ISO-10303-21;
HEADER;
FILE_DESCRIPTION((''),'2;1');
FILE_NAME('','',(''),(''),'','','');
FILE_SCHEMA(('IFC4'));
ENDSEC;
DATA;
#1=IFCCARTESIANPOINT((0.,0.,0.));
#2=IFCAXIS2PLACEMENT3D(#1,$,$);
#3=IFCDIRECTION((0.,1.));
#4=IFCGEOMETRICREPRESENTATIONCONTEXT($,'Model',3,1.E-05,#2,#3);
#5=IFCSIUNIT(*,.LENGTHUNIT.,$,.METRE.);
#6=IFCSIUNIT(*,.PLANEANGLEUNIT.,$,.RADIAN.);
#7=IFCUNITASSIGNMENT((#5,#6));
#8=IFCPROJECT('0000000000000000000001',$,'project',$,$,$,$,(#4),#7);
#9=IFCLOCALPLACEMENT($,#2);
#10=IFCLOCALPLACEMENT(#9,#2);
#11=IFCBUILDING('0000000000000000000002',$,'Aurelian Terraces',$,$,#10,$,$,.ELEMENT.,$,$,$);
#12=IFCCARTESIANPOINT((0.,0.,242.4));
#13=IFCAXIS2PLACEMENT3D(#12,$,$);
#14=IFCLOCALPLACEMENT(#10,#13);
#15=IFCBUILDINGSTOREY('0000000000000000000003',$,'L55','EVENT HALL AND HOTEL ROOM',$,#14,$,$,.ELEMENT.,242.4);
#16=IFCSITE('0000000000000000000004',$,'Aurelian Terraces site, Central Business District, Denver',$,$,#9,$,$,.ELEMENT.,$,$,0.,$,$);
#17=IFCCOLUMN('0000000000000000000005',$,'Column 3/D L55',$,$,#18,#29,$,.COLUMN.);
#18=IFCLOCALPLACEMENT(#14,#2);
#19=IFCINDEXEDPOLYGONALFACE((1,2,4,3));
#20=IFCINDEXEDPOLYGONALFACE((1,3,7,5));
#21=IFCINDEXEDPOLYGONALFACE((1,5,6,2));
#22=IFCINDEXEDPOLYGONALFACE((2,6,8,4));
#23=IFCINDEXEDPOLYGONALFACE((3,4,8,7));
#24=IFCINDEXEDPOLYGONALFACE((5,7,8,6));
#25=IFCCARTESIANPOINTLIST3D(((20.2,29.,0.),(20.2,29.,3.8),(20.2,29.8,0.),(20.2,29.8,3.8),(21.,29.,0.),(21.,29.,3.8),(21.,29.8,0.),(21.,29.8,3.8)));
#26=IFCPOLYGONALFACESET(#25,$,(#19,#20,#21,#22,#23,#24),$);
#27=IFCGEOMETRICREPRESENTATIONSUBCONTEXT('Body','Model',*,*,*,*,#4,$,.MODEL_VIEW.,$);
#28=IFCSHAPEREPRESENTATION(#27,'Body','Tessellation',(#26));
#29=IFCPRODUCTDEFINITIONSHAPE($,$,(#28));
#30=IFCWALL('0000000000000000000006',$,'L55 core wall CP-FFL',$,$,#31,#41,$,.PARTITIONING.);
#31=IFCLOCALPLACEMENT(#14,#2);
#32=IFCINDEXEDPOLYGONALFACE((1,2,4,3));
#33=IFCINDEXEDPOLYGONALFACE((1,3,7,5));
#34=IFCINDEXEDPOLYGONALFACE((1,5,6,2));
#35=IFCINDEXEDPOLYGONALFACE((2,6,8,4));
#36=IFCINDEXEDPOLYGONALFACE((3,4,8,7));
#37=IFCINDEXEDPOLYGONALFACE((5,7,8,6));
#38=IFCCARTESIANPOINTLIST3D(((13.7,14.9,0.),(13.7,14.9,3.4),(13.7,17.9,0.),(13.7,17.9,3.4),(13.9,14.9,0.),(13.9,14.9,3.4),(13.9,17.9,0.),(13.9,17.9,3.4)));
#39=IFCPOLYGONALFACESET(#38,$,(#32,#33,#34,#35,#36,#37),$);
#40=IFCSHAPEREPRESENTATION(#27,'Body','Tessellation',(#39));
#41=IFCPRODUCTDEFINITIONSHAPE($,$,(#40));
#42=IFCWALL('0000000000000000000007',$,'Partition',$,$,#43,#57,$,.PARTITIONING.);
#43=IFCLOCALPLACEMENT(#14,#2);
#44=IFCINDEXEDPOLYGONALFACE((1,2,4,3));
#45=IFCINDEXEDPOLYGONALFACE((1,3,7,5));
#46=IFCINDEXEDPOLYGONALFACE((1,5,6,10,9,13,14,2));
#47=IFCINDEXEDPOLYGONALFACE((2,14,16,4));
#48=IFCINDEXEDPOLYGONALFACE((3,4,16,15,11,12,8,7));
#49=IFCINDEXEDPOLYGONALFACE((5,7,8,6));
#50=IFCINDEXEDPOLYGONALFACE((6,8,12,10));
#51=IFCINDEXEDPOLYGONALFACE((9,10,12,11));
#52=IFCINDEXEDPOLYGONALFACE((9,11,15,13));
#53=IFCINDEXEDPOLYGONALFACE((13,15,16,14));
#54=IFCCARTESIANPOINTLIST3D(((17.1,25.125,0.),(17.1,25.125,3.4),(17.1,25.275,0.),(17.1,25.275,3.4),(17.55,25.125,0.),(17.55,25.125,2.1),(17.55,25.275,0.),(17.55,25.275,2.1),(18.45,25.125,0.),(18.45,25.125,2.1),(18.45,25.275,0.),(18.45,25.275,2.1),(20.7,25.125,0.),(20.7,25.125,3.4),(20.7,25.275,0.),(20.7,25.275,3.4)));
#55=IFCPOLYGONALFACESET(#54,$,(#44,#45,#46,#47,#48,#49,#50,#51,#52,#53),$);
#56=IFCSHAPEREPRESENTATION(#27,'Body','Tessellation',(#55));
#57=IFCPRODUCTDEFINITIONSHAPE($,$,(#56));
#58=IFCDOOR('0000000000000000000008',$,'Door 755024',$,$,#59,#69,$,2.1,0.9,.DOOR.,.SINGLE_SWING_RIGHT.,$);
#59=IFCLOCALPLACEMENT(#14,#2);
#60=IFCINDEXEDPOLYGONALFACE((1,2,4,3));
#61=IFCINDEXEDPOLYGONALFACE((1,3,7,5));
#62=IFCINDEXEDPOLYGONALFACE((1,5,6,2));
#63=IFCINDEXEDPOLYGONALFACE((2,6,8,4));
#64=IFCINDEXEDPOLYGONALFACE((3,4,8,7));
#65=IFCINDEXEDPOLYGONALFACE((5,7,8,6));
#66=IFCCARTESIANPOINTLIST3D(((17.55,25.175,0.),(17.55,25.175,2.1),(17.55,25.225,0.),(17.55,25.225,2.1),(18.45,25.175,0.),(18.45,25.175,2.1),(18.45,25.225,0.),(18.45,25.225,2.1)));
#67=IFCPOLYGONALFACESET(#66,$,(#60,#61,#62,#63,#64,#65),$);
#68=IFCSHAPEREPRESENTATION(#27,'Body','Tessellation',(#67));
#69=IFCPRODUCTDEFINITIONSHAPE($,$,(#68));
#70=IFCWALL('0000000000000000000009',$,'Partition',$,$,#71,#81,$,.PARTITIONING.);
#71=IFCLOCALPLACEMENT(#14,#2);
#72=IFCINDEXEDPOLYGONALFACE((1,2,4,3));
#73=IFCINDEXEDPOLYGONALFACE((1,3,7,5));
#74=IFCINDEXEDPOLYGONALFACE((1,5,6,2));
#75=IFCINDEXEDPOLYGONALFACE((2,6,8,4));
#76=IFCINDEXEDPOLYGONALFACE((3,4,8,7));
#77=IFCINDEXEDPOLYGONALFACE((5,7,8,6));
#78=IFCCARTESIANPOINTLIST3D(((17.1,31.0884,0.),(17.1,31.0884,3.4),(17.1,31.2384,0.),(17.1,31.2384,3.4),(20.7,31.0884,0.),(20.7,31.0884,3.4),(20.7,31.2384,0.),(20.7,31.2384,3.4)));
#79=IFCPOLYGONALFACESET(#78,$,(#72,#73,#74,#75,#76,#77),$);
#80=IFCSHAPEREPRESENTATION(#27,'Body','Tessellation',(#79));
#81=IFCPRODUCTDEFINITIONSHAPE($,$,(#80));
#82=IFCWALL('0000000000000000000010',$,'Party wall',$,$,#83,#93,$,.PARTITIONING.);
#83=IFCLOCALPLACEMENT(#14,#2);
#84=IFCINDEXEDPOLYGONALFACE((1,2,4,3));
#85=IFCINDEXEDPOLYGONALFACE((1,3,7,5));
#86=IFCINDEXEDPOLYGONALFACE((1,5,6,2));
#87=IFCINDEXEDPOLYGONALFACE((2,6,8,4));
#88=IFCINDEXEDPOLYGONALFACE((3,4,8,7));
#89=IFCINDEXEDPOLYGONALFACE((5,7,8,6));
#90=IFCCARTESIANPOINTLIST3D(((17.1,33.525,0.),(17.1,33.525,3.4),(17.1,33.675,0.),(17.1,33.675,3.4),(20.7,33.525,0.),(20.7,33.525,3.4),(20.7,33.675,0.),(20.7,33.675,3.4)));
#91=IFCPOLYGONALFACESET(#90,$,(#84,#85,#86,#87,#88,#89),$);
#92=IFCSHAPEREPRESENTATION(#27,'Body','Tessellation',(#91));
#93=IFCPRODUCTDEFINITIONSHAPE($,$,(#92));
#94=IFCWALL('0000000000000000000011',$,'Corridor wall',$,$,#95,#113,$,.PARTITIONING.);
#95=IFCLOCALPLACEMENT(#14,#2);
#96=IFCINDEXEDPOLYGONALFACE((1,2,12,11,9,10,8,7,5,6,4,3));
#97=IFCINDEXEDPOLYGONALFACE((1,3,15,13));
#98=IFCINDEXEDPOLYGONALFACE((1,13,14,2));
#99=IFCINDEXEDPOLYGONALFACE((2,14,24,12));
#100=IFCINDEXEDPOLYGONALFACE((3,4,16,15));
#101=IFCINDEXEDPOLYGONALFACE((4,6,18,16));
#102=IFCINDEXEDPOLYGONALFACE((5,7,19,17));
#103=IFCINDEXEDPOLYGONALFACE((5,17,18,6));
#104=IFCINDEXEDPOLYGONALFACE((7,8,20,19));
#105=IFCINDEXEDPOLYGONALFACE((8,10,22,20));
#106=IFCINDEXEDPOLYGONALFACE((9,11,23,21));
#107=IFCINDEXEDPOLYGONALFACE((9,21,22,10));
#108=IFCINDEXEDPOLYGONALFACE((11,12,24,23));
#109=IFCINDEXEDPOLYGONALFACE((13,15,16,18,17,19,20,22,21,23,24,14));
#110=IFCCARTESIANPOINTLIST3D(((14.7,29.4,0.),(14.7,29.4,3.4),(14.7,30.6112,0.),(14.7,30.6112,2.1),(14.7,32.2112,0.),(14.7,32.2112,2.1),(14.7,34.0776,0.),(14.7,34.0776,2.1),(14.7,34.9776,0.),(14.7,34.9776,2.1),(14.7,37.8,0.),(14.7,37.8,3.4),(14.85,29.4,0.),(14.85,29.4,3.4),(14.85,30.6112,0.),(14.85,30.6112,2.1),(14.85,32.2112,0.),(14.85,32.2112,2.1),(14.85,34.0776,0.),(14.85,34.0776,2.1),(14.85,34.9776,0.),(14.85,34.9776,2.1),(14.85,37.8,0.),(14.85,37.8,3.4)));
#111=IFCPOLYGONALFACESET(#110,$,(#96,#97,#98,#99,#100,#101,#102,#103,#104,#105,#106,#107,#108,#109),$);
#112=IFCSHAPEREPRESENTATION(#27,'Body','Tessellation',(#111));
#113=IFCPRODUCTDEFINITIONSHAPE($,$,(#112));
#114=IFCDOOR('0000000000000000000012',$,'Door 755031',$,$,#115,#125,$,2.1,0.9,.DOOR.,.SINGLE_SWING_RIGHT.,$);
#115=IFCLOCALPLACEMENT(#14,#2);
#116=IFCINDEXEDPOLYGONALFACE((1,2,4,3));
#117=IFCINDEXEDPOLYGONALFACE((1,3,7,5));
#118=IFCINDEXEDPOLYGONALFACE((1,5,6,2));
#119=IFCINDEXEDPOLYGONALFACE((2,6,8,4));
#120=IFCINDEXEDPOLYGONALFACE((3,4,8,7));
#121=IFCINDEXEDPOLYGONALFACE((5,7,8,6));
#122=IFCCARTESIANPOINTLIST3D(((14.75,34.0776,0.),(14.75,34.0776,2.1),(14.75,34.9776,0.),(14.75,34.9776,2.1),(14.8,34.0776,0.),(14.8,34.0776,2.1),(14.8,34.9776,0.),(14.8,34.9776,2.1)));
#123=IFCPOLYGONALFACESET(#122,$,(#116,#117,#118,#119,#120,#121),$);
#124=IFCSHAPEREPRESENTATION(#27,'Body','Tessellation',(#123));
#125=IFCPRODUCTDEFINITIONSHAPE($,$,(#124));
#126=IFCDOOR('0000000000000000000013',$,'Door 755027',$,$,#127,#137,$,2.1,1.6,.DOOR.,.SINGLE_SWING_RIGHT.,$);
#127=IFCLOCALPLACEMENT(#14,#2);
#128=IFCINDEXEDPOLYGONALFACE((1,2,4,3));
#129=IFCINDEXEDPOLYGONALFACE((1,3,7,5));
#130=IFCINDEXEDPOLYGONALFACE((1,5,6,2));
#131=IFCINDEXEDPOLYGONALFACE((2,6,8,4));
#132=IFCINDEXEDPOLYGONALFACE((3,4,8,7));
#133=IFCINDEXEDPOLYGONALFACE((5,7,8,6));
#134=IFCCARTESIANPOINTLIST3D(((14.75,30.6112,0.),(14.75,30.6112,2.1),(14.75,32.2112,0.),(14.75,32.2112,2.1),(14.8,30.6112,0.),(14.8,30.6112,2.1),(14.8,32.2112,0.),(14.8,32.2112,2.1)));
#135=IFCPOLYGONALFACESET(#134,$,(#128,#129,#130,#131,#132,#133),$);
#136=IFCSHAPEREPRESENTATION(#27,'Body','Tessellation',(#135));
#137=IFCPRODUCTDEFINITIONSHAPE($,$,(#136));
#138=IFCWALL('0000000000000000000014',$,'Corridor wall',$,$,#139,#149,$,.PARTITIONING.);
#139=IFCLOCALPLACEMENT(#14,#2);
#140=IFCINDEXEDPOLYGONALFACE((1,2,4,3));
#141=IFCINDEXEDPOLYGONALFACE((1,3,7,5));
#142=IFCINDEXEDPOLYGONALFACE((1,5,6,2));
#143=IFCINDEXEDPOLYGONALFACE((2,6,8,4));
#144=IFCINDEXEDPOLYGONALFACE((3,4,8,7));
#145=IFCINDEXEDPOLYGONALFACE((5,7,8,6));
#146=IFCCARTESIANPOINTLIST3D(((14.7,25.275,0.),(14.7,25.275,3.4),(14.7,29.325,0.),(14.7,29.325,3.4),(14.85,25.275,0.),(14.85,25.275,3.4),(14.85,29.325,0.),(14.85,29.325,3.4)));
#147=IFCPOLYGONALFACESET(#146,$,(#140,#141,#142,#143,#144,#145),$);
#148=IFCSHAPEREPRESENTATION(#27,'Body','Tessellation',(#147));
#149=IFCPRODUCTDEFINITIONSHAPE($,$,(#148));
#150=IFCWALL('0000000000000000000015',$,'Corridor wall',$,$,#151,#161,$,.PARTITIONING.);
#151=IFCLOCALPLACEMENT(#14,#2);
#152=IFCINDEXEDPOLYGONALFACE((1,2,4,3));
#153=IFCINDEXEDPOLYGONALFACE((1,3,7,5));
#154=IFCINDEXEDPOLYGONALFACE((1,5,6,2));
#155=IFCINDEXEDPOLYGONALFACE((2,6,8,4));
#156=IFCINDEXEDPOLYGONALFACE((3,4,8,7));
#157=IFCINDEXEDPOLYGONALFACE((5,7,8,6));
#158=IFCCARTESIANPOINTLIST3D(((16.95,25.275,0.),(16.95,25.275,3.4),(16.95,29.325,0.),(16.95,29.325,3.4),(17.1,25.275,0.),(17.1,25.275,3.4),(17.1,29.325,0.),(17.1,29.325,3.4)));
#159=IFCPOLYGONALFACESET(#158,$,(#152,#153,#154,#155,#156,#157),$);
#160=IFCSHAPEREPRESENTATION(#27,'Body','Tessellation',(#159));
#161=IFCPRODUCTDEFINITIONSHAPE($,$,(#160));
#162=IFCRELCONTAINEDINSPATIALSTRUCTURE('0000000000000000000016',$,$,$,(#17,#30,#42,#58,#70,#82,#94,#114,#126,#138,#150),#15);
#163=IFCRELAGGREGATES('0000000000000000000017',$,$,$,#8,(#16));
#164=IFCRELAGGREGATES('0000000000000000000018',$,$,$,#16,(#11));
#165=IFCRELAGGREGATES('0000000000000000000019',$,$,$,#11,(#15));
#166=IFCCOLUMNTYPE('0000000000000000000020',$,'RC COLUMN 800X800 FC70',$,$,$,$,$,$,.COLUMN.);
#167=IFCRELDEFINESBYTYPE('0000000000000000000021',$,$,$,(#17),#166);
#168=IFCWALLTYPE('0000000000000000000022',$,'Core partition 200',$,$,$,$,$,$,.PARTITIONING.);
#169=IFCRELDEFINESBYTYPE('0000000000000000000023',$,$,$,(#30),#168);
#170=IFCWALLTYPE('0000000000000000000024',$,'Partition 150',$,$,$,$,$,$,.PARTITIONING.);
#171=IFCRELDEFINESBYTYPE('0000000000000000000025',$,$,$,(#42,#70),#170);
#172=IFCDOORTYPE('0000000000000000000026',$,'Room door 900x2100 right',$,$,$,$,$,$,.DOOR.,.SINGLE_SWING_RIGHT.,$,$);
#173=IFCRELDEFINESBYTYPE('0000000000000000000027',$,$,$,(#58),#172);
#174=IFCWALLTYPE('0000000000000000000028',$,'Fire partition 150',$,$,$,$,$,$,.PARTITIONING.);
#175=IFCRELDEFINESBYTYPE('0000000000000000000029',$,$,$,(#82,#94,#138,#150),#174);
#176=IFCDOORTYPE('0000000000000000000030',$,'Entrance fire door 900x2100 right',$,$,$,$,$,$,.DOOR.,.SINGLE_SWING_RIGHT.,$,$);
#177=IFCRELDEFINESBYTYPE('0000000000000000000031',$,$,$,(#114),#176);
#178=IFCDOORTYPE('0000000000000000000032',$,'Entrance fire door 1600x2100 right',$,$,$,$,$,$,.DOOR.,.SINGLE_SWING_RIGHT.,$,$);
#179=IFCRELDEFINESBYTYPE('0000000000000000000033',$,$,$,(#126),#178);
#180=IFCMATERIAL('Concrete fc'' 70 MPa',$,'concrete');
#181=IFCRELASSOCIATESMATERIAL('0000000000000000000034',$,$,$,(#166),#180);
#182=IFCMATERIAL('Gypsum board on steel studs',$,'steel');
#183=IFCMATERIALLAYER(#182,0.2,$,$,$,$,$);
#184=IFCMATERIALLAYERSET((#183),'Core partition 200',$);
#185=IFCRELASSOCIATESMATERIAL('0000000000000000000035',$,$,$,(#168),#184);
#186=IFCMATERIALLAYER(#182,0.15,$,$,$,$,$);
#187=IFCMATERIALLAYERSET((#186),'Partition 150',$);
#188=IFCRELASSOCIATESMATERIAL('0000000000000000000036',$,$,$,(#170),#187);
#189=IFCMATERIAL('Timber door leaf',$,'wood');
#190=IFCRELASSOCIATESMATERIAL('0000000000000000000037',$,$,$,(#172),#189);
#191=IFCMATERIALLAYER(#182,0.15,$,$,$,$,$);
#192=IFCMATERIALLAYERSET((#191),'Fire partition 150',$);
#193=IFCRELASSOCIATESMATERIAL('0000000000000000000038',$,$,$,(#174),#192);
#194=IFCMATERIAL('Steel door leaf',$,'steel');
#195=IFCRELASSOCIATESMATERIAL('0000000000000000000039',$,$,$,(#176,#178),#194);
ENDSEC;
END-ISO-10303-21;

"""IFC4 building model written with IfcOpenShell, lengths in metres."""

from ifc_helpers import new_model, si_unit, direction, frame, frame_2d, origin, origin_2d, place, context, subcontext, project, spatial, rectangle, extrude, source, transform, mapped, material, layer, layer_set, material_profile, profile_set, type_object, element, fill, save


model = new_model("IFC4")

# Units and contexts
model_context = context("Model", 3, precision=1e-05, world=origin(), true_north=direction((0.0, 1.0)))
body_context = subcontext(model_context, "Body", "Model", "MODEL_VIEW")
ifc_project = project(units=[si_unit("LENGTHUNIT", "METRE"), si_unit("PLANEANGLEUNIT", "RADIAN")], contexts=[model_context])

# Site, building, storey
site_placement = place(None, origin())
site = spatial("IfcSite", under=ifc_project, at=site_placement, Name="Aurelian Terraces site, Central Business District, Denver", CompositionType="ELEMENT", RefElevation=0.0)
building_placement = place(site_placement, origin())
building = spatial("IfcBuilding", under=site, at=building_placement, Name="Aurelian Terraces", CompositionType="ELEMENT")
storey_placement = place(building_placement, frame((0.0, 0.0, 242.4)))
storey = spatial("IfcBuildingStorey", under=building, at=storey_placement, Name="L55", Description="EVENT HALL AND HOTEL ROOM", CompositionType="ELEMENT", Elevation=242.4)

# Column
ifc_material_1 = material(Name="Concrete fc' 70 MPa", Category="concrete")
ifc_material_profile = material_profile(ifc_material_1, rectangle(XDim=0.8, YDim=0.8, at=origin_2d()))
ifc_profile_set = profile_set([ifc_material_profile], Name="Concrete fc' 70 MPa")
column_type = type_object("IfcColumnType", Name="RC COLUMN 800X800 FC70", PredefinedType="COLUMN", material=ifc_profile_set)
shared_shape_1 = source(origin(), body_context, "Body", "SweptSolid", [
    extrude(rectangle(XDim=0.8, YDim=0.8, at=origin_2d()), origin(), (0.0, 0.0, 1.0), 3.8),
])
column_placement = place(storey_placement, frame((20.6, 29.4, 0.0), z_axis=(0.0, 0.0, 1.0), x_axis=(1.0, 0.0, 0.0)))
element("IfcColumn", 1, at=column_placement, inside=storey, type_object=column_type, Name="Column 3/D L55", PredefinedType="COLUMN", context=body_context, shape_type="MappedRepresentation", body=[
    mapped(shared_shape_1, transform((0.0, 0.0, 0.0), scale=1.0)),
])

# Wall
ifc_material_2 = material(Name="Gypsum board on steel studs", Category="steel")
ifc_layer_1 = layer(ifc_material_2, 0.2)
ifc_layer_set_1 = layer_set([ifc_layer_1], Name="Core partition 200")
wall_type_1 = type_object("IfcWallType", Name="Core partition 200", PredefinedType="PARTITIONING", material=ifc_layer_set_1)
shared_shape_2 = source(origin(), body_context, "Body", "SweptSolid", [
    extrude(rectangle(XDim=3.0, YDim=0.2, at=frame_2d((1.5, 0.0))), origin(), (0.0, 0.0, 1.0), 3.4),
])
wall_1_placement = place(storey_placement, frame((13.8, 14.9, 0.0), z_axis=(0.0, 0.0, 1.0), x_axis=(0.0, 1.0, 0.0)))
element("IfcWall", 2, at=wall_1_placement, inside=storey, type_object=wall_type_1, Name="L55 core wall CP-FFL", PredefinedType="PARTITIONING", context=body_context, shape_type="MappedRepresentation", body=[
    mapped(shared_shape_2, transform((0.0, 0.0, 0.0), scale=1.0)),
])

# Wall, opening, door
ifc_layer_2 = layer(ifc_material_2, 0.15)
ifc_layer_set_2 = layer_set([ifc_layer_2], Name="Partition 150")
wall_type_2 = type_object("IfcWallType", Name="Partition 150", PredefinedType="PARTITIONING", material=ifc_layer_set_2)
shared_shape_3 = source(origin(), body_context, "Body", "SweptSolid", [
    extrude(rectangle(XDim=3.6, YDim=0.15, at=frame_2d((1.8, 0.0))), origin(), (0.0, 0.0, 1.0), 3.4),
])
wall_2_placement = place(storey_placement, frame((17.1, 25.2, 0.0), z_axis=(0.0, 0.0, 1.0), x_axis=(1.0, 0.0, 0.0)))
wall_2 = element("IfcWall", 3, at=wall_2_placement, inside=storey, type_object=wall_type_2, Name="Partition", PredefinedType="PARTITIONING", context=body_context, shape_type="MappedRepresentation", body=[
    mapped(shared_shape_3, transform((0.0, 0.0, 0.0), scale=1.0)),
])
shared_shape_4 = source(origin(), body_context, "Body", "SweptSolid", [
    extrude(rectangle(XDim=0.9, YDim=2.1, at=frame_2d((0.45, 1.05))), frame((0.0, 0.085, 0.0), z_axis=(0.0, -1.0, 0.0), x_axis=(1.0, 0.0, 0.0)), (0.0, 0.0, 1.0), 0.17),
])
opening_1_placement = place(wall_2_placement, frame((0.45, 0.0, 0.0)))
opening_1 = element("IfcOpeningElement", 4, at=opening_1_placement, cuts=wall_2, PredefinedType="OPENING", context=body_context, shape_type="MappedRepresentation", body=[
    mapped(shared_shape_4, transform((0.0, 0.0, 0.0), scale=1.0)),
])
ifc_material_3 = material(Name="Timber door leaf", Category="wood")
door_type_1 = type_object("IfcDoorType", Name="Room door 900x2100 right", OperationType="SINGLE_SWING_RIGHT", PredefinedType="DOOR", material=ifc_material_3)
shared_shape_5 = source(origin(), body_context, "Body", "SweptSolid", [
    extrude(rectangle(XDim=0.9, YDim=2.1, at=frame_2d((0.45, 1.05))), frame((0.0, 0.025, 0.0), z_axis=(0.0, -1.0, 0.0), x_axis=(1.0, 0.0, 0.0)), (0.0, 0.0, 1.0), 0.05),
])
door_1_placement = place(opening_1_placement, origin())
door_1 = element("IfcDoor", 5, at=door_1_placement, inside=storey, type_object=door_type_1, Name="Door 755024", OperationType="SINGLE_SWING_RIGHT", OverallHeight=2.1, OverallWidth=0.9, PredefinedType="DOOR", context=body_context, shape_type="MappedRepresentation", body=[
    mapped(shared_shape_5, transform((0.0, 0.0, 0.0), scale=1.0)),
])
fill(opening_1, door_1)

# Walls
wall_3_placement = place(storey_placement, frame((17.1, 31.1634, 0.0), z_axis=(0.0, 0.0, 1.0), x_axis=(1.0, 0.0, 0.0)))
element("IfcWall", 6, at=wall_3_placement, inside=storey, type_object=wall_type_2, Name="Partition", PredefinedType="PARTITIONING", context=body_context, shape_type="MappedRepresentation", body=[
    mapped(shared_shape_3, transform((0.0, 0.0, 0.0), scale=1.0)),
])
ifc_layer_3 = layer(ifc_material_2, 0.15)
ifc_layer_set_3 = layer_set([ifc_layer_3], Name="Fire partition 150")
wall_type_3 = type_object("IfcWallType", Name="Fire partition 150", PredefinedType="PARTITIONING", material=ifc_layer_set_3)
wall_4_placement = place(storey_placement, frame((20.7, 33.6, 0.0), z_axis=(0.0, 0.0, 1.0), x_axis=(-1.0, 0.0, 0.0)))
element("IfcWall", 7, at=wall_4_placement, inside=storey, type_object=wall_type_3, Name="Party wall", PredefinedType="PARTITIONING", context=body_context, shape_type="MappedRepresentation", body=[
    mapped(shared_shape_3, transform((0.0, 0.0, 0.0), scale=1.0)),
])

# Wall, openings, doors
shared_shape_6 = source(origin(), body_context, "Body", "SweptSolid", [
    extrude(rectangle(XDim=8.4, YDim=0.15, at=frame_2d((4.2, 0.0))), origin(), (0.0, 0.0, 1.0), 3.4),
])
wall_5_placement = place(storey_placement, frame((14.775, 29.4, 0.0), z_axis=(0.0, 0.0, 1.0), x_axis=(0.0, 1.0, 0.0)))
wall_5 = element("IfcWall", 8, at=wall_5_placement, inside=storey, type_object=wall_type_3, Name="Corridor wall", PredefinedType="PARTITIONING", context=body_context, shape_type="MappedRepresentation", body=[
    mapped(shared_shape_6, transform((0.0, 0.0, 0.0), scale=1.0)),
])
shared_shape_7 = source(origin(), body_context, "Body", "SweptSolid", [
    extrude(rectangle(XDim=1.6, YDim=2.1, at=frame_2d((0.8, 1.05))), frame((0.0, 0.085, 0.0), z_axis=(0.0, -1.0, 0.0), x_axis=(1.0, 0.0, 0.0)), (0.0, 0.0, 1.0), 0.17),
])
opening_2_placement = place(wall_5_placement, frame((1.2112, 0.0, 0.0)))
opening_2 = element("IfcOpeningElement", 9, at=opening_2_placement, cuts=wall_5, PredefinedType="OPENING", context=body_context, shape_type="MappedRepresentation", body=[
    mapped(shared_shape_7, transform((0.0, 0.0, 0.0), scale=1.0)),
])
opening_3_placement = place(wall_5_placement, frame((4.6776, 0.0, 0.0)))
opening_3 = element("IfcOpeningElement", 10, at=opening_3_placement, cuts=wall_5, PredefinedType="OPENING", context=body_context, shape_type="MappedRepresentation", body=[
    mapped(shared_shape_4, transform((0.0, 0.0, 0.0), scale=1.0)),
])
ifc_material_4 = material(Name="Steel door leaf", Category="steel")
door_type_2 = type_object("IfcDoorType", Name="Entrance fire door 900x2100 right", OperationType="SINGLE_SWING_RIGHT", PredefinedType="DOOR", material=ifc_material_4)
door_2_placement = place(opening_3_placement, origin())
door_2 = element("IfcDoor", 11, at=door_2_placement, inside=storey, type_object=door_type_2, Name="Door 755031", OperationType="SINGLE_SWING_RIGHT", OverallHeight=2.1, OverallWidth=0.9, PredefinedType="DOOR", context=body_context, shape_type="MappedRepresentation", body=[
    mapped(shared_shape_5, transform((0.0, 0.0, 0.0), scale=1.0)),
])
fill(opening_3, door_2)
door_type_3 = type_object("IfcDoorType", Name="Entrance fire door 1600x2100 right", OperationType="SINGLE_SWING_RIGHT", PredefinedType="DOOR", material=ifc_material_4)
shared_shape_8 = source(origin(), body_context, "Body", "SweptSolid", [
    extrude(rectangle(XDim=1.6, YDim=2.1, at=frame_2d((0.8, 1.05))), frame((0.0, 0.025, 0.0), z_axis=(0.0, -1.0, 0.0), x_axis=(1.0, 0.0, 0.0)), (0.0, 0.0, 1.0), 0.05),
])
door_3_placement = place(opening_2_placement, origin())
door_3 = element("IfcDoor", 12, at=door_3_placement, inside=storey, type_object=door_type_3, Name="Door 755027", OperationType="SINGLE_SWING_RIGHT", OverallHeight=2.1, OverallWidth=1.6, PredefinedType="DOOR", context=body_context, shape_type="MappedRepresentation", body=[
    mapped(shared_shape_8, transform((0.0, 0.0, 0.0), scale=1.0)),
])
fill(opening_2, door_3)

# Walls
shared_shape_9 = source(origin(), body_context, "Body", "SweptSolid", [
    extrude(rectangle(XDim=4.05, YDim=0.15, at=frame_2d((2.025, 0.0))), origin(), (0.0, 0.0, 1.0), 3.4),
])
for number, where, z_axis, x_axis, name in (
    (13, (14.775, 25.275, 0.0), (0.0, 0.0, 1.0), (0.0, 1.0, 0.0), "Corridor wall"),
    (14, (17.025, 29.325, 0.0), (0.0, 0.0, 1.0), (0.0, -1.0, 0.0), "Corridor wall"),
):
    element("IfcWall", number, at=place(storey_placement, frame(where, z_axis=z_axis, x_axis=x_axis)), inside=storey, type_object=wall_type_3, Name=name, PredefinedType="PARTITIONING", context=body_context, shape_type="MappedRepresentation", body=[
        mapped(shared_shape_9, transform((0.0, 0.0, 0.0), scale=1.0)),
    ])

save(model, "model.ifc")
